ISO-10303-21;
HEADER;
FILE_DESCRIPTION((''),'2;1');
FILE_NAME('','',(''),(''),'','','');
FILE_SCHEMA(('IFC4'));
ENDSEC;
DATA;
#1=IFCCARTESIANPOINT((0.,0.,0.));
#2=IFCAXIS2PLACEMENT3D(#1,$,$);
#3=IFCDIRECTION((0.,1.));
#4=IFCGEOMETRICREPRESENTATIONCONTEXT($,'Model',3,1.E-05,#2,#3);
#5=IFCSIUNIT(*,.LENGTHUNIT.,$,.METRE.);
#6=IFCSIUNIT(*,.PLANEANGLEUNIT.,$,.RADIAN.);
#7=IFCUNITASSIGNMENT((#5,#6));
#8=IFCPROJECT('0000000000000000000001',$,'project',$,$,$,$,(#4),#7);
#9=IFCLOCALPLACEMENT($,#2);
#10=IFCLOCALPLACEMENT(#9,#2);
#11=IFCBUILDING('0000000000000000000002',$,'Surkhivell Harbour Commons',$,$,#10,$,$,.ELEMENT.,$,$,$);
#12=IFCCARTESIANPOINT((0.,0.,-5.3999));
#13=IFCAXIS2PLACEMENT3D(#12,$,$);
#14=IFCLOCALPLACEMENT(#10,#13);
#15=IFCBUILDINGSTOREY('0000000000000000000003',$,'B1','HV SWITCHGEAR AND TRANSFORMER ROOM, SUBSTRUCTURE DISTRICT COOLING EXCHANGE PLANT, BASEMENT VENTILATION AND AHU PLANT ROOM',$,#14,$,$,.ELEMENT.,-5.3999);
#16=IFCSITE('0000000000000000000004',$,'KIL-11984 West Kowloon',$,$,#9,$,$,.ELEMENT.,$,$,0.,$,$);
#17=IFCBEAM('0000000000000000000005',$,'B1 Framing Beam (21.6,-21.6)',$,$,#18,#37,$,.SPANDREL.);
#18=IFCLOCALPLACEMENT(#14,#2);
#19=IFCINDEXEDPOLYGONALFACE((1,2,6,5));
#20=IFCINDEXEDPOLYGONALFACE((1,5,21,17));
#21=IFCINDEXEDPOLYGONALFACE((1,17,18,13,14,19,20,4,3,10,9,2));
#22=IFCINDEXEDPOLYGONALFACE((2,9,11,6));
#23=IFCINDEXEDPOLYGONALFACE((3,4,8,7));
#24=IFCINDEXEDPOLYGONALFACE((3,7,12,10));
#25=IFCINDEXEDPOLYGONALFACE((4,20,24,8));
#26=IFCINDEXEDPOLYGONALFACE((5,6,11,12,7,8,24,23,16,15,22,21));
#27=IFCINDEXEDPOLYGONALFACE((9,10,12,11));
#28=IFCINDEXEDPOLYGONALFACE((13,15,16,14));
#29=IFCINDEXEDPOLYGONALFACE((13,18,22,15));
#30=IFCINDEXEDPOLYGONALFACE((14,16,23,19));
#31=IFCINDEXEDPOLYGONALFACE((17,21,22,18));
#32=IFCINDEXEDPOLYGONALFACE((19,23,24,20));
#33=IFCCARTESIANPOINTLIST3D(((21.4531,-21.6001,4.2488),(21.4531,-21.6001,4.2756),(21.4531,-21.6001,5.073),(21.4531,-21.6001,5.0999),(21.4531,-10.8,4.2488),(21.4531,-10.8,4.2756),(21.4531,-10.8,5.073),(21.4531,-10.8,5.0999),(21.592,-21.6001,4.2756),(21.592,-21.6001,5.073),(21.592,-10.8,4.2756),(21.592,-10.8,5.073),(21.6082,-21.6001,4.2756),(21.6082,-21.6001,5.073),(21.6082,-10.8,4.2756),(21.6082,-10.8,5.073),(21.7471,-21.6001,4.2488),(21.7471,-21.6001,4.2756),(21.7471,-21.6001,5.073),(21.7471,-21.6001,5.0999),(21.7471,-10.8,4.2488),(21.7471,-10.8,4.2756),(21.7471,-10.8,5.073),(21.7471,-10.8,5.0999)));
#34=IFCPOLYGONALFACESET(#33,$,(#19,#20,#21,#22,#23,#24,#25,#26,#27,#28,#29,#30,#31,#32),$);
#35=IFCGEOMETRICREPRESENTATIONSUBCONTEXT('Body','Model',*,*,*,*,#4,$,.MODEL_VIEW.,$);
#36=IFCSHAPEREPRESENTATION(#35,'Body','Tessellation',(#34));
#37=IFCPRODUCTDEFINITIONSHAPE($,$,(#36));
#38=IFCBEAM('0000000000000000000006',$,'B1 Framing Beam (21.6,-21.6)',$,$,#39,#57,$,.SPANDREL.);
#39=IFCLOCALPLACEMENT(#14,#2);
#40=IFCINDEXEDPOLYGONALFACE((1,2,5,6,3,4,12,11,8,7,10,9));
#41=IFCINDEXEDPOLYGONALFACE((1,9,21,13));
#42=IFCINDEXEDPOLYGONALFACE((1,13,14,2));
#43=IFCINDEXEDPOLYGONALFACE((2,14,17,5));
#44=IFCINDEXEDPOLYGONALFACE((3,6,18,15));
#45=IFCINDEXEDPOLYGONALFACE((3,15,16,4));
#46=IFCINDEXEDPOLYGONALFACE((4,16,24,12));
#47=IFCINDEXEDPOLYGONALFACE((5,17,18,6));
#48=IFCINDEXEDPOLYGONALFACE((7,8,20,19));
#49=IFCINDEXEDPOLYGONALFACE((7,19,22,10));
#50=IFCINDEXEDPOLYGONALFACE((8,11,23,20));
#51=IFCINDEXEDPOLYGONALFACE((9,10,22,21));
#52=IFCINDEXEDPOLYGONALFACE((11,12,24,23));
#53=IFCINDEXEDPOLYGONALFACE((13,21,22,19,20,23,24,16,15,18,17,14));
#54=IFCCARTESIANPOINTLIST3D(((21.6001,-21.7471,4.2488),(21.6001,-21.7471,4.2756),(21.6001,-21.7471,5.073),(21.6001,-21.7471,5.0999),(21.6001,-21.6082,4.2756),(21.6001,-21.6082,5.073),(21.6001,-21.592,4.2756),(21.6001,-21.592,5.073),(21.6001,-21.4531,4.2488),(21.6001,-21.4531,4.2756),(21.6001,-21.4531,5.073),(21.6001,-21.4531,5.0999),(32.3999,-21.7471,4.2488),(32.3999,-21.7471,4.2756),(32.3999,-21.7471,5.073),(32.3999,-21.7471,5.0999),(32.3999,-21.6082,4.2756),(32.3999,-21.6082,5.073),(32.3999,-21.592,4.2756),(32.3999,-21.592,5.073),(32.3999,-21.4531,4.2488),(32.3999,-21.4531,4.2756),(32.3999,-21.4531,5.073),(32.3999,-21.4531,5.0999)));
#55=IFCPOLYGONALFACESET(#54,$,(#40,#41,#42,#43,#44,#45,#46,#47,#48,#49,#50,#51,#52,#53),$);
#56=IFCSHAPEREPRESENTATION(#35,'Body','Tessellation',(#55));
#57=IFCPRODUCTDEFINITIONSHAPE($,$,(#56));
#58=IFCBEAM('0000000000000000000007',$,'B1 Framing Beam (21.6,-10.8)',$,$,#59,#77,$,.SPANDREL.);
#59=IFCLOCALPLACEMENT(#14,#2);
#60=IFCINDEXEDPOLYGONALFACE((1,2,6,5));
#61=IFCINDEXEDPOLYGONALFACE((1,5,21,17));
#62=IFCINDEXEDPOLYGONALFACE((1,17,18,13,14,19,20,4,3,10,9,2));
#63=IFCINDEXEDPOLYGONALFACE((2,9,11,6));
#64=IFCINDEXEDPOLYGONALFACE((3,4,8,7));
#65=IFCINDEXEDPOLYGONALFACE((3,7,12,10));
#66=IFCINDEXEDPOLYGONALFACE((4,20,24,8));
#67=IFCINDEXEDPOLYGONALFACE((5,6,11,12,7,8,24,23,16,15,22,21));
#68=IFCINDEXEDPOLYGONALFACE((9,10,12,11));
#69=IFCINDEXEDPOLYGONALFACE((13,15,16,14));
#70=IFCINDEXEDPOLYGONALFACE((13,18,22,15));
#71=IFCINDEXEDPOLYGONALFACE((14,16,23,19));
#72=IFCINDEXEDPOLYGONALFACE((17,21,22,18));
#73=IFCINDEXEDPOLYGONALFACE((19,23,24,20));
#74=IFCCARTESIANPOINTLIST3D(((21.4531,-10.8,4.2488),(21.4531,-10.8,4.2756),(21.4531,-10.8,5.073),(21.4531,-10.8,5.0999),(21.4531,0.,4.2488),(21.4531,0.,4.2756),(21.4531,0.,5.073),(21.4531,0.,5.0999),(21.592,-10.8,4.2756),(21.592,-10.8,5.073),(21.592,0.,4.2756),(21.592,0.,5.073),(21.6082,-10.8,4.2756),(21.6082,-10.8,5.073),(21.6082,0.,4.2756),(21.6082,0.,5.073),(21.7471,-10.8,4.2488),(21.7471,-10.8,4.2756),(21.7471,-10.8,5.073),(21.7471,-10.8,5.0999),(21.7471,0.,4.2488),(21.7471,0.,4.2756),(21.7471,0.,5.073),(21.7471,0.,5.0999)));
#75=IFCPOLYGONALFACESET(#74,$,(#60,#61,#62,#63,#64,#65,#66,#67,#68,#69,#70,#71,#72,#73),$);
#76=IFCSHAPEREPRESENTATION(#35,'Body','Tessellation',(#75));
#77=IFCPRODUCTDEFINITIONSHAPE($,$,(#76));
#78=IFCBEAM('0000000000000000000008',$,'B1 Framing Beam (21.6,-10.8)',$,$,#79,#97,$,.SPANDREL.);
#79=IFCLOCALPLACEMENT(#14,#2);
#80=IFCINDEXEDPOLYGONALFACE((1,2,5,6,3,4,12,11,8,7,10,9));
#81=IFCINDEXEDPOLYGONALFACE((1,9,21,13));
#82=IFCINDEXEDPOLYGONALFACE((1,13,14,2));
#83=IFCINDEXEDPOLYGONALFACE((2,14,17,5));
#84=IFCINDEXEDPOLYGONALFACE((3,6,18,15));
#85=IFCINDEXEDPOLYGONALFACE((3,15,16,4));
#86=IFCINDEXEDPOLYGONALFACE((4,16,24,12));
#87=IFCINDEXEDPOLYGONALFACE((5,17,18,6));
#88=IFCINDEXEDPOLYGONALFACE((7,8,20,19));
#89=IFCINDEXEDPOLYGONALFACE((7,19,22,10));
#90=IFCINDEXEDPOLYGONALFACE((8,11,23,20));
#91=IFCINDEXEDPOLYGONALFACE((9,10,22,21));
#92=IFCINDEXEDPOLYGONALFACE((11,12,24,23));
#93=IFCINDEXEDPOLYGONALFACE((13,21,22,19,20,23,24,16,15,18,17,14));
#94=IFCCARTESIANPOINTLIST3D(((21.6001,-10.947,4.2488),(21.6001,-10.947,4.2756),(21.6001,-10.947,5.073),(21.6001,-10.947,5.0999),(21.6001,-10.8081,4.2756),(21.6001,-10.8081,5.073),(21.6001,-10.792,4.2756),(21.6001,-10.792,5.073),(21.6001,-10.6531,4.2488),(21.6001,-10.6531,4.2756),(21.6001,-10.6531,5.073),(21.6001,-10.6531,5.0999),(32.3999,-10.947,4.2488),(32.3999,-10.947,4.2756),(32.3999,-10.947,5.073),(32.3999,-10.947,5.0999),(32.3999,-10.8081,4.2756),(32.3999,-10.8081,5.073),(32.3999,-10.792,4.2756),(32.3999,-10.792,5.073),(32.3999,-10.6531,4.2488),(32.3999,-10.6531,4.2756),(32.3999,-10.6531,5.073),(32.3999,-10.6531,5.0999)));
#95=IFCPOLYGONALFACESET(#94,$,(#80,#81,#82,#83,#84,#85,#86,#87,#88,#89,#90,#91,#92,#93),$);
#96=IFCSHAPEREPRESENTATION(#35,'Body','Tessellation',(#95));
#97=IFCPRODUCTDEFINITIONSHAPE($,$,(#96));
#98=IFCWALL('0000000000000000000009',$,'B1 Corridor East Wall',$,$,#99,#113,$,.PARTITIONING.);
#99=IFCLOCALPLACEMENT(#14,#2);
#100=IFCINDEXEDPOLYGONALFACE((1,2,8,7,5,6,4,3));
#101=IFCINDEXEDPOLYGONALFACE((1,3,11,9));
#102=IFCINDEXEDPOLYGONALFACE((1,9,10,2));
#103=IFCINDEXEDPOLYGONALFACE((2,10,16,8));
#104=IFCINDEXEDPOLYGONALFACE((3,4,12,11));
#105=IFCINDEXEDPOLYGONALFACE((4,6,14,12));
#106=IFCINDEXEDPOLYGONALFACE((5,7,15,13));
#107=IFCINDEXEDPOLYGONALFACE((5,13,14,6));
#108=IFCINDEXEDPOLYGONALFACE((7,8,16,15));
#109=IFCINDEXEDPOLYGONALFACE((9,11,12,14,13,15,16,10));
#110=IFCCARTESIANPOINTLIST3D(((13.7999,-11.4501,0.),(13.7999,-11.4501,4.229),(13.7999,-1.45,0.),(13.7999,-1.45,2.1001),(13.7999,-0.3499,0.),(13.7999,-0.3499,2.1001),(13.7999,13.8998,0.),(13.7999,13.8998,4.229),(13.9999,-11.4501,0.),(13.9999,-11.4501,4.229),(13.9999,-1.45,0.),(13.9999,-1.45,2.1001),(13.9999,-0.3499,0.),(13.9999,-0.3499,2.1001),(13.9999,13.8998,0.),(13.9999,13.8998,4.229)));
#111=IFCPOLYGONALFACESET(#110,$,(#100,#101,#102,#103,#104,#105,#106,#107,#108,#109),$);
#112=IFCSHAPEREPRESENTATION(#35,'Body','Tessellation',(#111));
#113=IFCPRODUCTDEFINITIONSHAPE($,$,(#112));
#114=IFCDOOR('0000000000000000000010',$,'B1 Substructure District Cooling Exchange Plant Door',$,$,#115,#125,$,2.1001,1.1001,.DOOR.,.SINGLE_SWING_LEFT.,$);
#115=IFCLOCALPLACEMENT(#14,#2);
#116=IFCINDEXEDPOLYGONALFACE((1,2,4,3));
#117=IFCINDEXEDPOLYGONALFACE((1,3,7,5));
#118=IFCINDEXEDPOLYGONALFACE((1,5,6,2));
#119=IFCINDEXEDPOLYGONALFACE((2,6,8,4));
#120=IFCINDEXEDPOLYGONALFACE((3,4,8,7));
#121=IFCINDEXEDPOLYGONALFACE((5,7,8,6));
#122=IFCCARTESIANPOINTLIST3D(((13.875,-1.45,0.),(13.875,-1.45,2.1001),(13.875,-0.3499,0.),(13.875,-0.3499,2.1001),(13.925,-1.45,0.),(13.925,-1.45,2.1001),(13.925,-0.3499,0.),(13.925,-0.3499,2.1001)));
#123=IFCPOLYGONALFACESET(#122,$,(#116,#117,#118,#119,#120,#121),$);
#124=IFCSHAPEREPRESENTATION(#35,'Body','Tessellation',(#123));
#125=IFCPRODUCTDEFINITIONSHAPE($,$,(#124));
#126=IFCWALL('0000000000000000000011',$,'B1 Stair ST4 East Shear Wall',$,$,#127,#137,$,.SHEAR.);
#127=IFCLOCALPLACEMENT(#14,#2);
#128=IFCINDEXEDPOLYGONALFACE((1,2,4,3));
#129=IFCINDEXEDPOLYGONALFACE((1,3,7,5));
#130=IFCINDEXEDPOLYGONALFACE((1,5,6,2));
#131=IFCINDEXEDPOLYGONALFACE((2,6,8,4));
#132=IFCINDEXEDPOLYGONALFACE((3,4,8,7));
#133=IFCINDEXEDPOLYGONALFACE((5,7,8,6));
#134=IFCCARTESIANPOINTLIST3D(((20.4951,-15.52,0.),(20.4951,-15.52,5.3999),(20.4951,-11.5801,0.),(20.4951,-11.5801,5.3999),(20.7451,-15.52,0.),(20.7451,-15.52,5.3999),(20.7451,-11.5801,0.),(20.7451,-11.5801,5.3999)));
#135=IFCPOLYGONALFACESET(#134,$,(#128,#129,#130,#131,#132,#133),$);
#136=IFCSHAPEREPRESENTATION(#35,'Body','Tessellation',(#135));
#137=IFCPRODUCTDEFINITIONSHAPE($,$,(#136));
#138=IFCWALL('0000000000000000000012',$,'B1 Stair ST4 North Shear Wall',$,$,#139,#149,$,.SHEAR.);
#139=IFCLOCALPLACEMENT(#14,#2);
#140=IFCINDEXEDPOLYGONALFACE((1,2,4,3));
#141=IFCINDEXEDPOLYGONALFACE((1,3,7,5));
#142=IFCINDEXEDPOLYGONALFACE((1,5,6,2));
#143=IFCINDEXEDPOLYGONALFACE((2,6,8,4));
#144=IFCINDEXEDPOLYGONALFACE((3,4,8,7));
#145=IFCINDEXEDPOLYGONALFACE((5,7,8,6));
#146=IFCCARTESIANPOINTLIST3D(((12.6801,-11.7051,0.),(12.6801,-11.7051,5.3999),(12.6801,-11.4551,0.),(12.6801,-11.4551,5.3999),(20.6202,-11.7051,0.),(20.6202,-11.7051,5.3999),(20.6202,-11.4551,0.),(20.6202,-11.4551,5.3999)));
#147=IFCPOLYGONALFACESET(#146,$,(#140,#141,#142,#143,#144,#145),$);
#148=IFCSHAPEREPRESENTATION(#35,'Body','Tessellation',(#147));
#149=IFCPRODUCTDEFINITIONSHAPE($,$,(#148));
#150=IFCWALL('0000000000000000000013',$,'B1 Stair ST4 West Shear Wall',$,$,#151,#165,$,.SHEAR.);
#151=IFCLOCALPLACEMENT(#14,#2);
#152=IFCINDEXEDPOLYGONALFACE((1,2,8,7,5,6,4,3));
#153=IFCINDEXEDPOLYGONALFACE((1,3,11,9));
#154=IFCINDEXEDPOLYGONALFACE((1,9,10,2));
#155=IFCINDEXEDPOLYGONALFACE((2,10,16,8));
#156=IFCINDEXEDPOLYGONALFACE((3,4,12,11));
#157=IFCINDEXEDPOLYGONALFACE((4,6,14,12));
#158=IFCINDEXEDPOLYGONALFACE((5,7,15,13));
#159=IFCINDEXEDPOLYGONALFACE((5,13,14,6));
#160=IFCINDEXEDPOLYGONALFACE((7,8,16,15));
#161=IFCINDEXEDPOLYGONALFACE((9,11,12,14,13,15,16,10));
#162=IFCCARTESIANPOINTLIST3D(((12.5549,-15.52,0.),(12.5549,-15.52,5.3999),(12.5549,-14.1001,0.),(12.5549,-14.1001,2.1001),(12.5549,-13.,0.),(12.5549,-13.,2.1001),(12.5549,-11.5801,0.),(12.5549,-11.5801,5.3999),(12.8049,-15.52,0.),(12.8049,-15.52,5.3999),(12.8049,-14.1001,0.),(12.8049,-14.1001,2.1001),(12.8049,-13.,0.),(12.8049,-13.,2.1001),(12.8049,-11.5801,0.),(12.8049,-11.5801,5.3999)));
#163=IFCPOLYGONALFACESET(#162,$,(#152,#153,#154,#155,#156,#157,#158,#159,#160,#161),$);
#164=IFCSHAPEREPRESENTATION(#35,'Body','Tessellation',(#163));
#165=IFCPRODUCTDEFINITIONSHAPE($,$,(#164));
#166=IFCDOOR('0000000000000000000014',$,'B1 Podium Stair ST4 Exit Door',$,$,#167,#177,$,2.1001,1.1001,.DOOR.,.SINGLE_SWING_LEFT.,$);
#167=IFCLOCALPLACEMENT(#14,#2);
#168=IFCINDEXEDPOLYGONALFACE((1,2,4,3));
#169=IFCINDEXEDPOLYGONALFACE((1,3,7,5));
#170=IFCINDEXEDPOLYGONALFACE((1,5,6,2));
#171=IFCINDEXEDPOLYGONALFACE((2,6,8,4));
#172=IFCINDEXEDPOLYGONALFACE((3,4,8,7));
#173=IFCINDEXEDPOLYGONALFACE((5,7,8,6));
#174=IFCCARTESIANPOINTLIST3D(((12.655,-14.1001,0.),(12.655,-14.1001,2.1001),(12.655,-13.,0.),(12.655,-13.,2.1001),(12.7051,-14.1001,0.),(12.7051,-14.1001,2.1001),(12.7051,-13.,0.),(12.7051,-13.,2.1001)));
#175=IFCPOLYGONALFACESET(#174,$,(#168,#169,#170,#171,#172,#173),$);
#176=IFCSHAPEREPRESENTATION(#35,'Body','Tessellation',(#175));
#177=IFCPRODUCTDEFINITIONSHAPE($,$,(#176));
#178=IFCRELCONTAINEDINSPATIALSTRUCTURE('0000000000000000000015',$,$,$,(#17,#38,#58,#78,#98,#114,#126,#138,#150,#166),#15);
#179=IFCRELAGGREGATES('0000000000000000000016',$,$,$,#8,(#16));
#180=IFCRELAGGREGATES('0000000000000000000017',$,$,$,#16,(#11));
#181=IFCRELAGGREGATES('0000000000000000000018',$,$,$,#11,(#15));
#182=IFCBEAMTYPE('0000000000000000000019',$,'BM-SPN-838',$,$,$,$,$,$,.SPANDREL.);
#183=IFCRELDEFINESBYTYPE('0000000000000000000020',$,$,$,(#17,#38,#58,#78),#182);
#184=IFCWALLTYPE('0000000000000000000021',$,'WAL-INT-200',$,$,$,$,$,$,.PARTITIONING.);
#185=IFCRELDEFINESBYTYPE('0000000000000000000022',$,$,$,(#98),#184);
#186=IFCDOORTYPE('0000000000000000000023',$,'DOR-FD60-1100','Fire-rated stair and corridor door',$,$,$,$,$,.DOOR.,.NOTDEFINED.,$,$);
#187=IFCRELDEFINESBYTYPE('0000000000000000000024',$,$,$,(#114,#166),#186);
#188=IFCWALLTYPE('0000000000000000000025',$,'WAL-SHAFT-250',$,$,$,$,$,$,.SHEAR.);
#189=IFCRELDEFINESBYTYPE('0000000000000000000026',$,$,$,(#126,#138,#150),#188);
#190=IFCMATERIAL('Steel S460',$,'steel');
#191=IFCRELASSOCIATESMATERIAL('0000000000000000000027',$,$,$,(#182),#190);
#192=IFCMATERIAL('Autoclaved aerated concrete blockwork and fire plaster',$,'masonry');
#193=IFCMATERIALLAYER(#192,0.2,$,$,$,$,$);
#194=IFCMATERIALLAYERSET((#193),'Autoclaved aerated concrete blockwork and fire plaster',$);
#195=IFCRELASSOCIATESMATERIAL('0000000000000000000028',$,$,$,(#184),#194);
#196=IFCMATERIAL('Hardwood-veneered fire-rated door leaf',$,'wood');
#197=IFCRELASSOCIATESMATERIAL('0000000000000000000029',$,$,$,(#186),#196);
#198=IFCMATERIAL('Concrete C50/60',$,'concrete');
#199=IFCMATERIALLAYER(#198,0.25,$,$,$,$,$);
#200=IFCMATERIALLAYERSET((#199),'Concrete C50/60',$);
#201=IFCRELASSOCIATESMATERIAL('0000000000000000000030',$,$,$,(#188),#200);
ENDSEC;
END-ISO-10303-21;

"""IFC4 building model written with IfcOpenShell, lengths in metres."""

from ifc_helpers import new_model, si_unit, direction, frame, frame_2d, origin, origin_2d, place, context, subcontext, project, spatial, rectangle, i_section, extrude, material, layer, layer_set, material_profile, profile_set, type_object, element, fill, save


model = new_model("IFC4")

# Units and contexts
model_context = context("Model", 3, precision=1e-05, world=origin(), true_north=direction((0.0, 1.0)))
body_context = subcontext(model_context, "Body", "Model", "MODEL_VIEW")
ifc_project = project(units=[si_unit("LENGTHUNIT", "METRE"), si_unit("PLANEANGLEUNIT", "RADIAN")], contexts=[model_context])

# Site, building, storey
site_placement = place(None, origin())
site = spatial("IfcSite", under=ifc_project, at=site_placement, Name="KIL-11984 West Kowloon", CompositionType="ELEMENT", RefElevation=0.0)
building_placement = place(site_placement, origin())
building = spatial("IfcBuilding", under=site, at=building_placement, Name="Surkhivell Harbour Commons", CompositionType="ELEMENT")
storey_placement = place(building_placement, frame((0.0, 0.0, -5.3999)))
storey = spatial("IfcBuildingStorey", under=building, at=storey_placement, Name="B1", Description="HV SWITCHGEAR AND TRANSFORMER ROOM, SUBSTRUCTURE DISTRICT COOLING EXCHANGE PLANT, BASEMENT VENTILATION AND AHU PLANT ROOM", CompositionType="ELEMENT", Elevation=-5.3999)

# Shared definitions
ifc_material_1 = material(Name="Concrete C50/60", Category="concrete")

# Beams
ifc_material_2 = material(Name="Steel S460", Category="steel")
ifc_material_profile_1 = material_profile(ifc_material_2, i_section(OverallWidth=0.2939, OverallDepth=0.8511, WebThickness=0.0161, FlangeThickness=0.0269, at=origin_2d()), Name="UB838x292x226")
ifc_profile_set_1 = profile_set([ifc_material_profile_1], Name="Steel S460")
beam_type = type_object("IfcBeamType", Name="BM-SPN-838", PredefinedType="SPANDREL", material=ifc_profile_set_1)
beam_1_placement = place(storey_placement, frame((21.6001, -21.6001, 4.6743), z_axis=(0.0, 1.0, 0.0), x_axis=(-1.0, 0.0, 0.0)))
element("IfcBeam", 1, at=beam_1_placement, inside=storey, type_object=beam_type, Name="B1 Framing Beam (21.6,-21.6)", PredefinedType="SPANDREL", context=body_context, shape_type="SweptSolid", body=[
    extrude(i_section(OverallWidth=0.2939, OverallDepth=0.8511, WebThickness=0.0161, FlangeThickness=0.0269, at=origin_2d()), origin(), (0.0, 0.0, 1.0), 10.8),
])
beam_2_placement = place(storey_placement, frame((21.6001, -21.6001, 4.6743), z_axis=(1.0, 0.0, 0.0), x_axis=(0.0, 1.0, 0.0)))
element("IfcBeam", 2, at=beam_2_placement, inside=storey, type_object=beam_type, Name="B1 Framing Beam (21.6,-21.6)", PredefinedType="SPANDREL", context=body_context, shape_type="SweptSolid", body=[
    extrude(i_section(OverallWidth=0.2939, OverallDepth=0.8511, WebThickness=0.0161, FlangeThickness=0.0269, at=origin_2d()), origin(), (0.0, 0.0, 1.0), 10.7998),
])
beam_3_placement = place(storey_placement, frame((21.6001, -10.8, 4.6743), z_axis=(0.0, 1.0, 0.0), x_axis=(-1.0, 0.0, 0.0)))
element("IfcBeam", 3, at=beam_3_placement, inside=storey, type_object=beam_type, Name="B1 Framing Beam (21.6,-10.8)", PredefinedType="SPANDREL", context=body_context, shape_type="SweptSolid", body=[
    extrude(i_section(OverallWidth=0.2939, OverallDepth=0.8511, WebThickness=0.0161, FlangeThickness=0.0269, at=origin_2d()), origin(), (0.0, 0.0, 1.0), 10.8),
])
beam_4_placement = place(storey_placement, frame((21.6001, -10.8, 4.6743), z_axis=(1.0, 0.0, 0.0), x_axis=(0.0, 1.0, 0.0)))
element("IfcBeam", 4, at=beam_4_placement, inside=storey, type_object=beam_type, Name="B1 Framing Beam (21.6,-10.8)", PredefinedType="SPANDREL", context=body_context, shape_type="SweptSolid", body=[
    extrude(i_section(OverallWidth=0.2939, OverallDepth=0.8511, WebThickness=0.0161, FlangeThickness=0.0269, at=origin_2d()), origin(), (0.0, 0.0, 1.0), 10.7998),
])

# Wall, opening, door
ifc_material_3 = material(Name="Autoclaved aerated concrete blockwork and fire plaster", Category="masonry")
ifc_layer_1 = layer(ifc_material_3, 0.2)
ifc_layer_set_1 = layer_set([ifc_layer_1], Name="Autoclaved aerated concrete blockwork and fire plaster")
wall_type_1 = type_object("IfcWallType", Name="WAL-INT-200", PredefinedType="PARTITIONING", material=ifc_layer_set_1)
wall_1_placement = place(storey_placement, frame((13.8999, -11.45, 0.0), z_axis=(0.0, 0.0, 1.0), x_axis=(0.0, 1.0, 0.0)))
wall_1 = element("IfcWall", 5, at=wall_1_placement, inside=storey, type_object=wall_type_1, Name="B1 Corridor East Wall", PredefinedType="PARTITIONING", context=body_context, shape_type="SweptSolid", body=[
    extrude(rectangle(XDim=25.3499, YDim=0.2, at=frame_2d((12.6748, 0.0))), origin(), (0.0, 0.0, 1.0), 4.229),
])
opening_1_placement = place(wall_1_placement, frame((10.0, 0.0, 0.0)))
opening_1 = element("IfcOpeningElement", 6, at=opening_1_placement, cuts=wall_1, PredefinedType="OPENING", context=body_context, shape_type="SweptSolid", body=[
    extrude(rectangle(XDim=1.1001, YDim=2.1001, at=frame_2d((0.55, 1.05))), frame((0.0, 0.1099, 0.0), z_axis=(0.0, -1.0, 0.0), x_axis=(1.0, 0.0, 0.0)), (0.0, 0.0, 1.0), 0.22),
])
ifc_material_4 = material(Name="Hardwood-veneered fire-rated door leaf", Category="wood")
door_type = type_object("IfcDoorType", Name="DOR-FD60-1100", Description="Fire-rated stair and corridor door", OperationType="NOTDEFINED", PredefinedType="DOOR", material=ifc_material_4)
door_1_placement = place(opening_1_placement, origin())
door_1 = element("IfcDoor", 7, at=door_1_placement, inside=storey, type_object=door_type, Name="B1 Substructure District Cooling Exchange Plant Door", OperationType="SINGLE_SWING_LEFT", OverallHeight=2.1001, OverallWidth=1.1001, PredefinedType="DOOR", context=body_context, shape_type="SweptSolid", body=[
    extrude(rectangle(XDim=1.1001, YDim=2.1001, at=frame_2d((0.55, 1.05))), frame((0.0, 0.0249, 0.0), z_axis=(0.0, -1.0, 0.0), x_axis=(1.0, 0.0, 0.0)), (0.0, 0.0, 1.0), 0.05),
])
fill(opening_1, door_1)

# Walls
ifc_layer_2 = layer(ifc_material_1, 0.25)
ifc_layer_set_2 = layer_set([ifc_layer_2], Name="Concrete C50/60")
wall_type_2 = type_object("IfcWallType", Name="WAL-SHAFT-250", PredefinedType="SHEAR", material=ifc_layer_set_2)
wall_2_placement = place(storey_placement, frame((20.6201, -15.52, 0.0), z_axis=(0.0, 0.0, 1.0), x_axis=(0.0, 1.0, 0.0)))
element("IfcWall", 8, at=wall_2_placement, inside=storey, type_object=wall_type_2, Name="B1 Stair ST4 East Shear Wall", PredefinedType="SHEAR", context=body_context, shape_type="SweptSolid", body=[
    extrude(rectangle(XDim=3.9399, YDim=0.25, at=frame_2d((1.97, 0.0))), origin(), (0.0, 0.0, 1.0), 5.3999),
])
wall_3_placement = place(storey_placement, frame((12.6799, -11.5801, 0.0), z_axis=(0.0, 0.0, 1.0), x_axis=(1.0, 0.0, 0.0)))
element("IfcWall", 9, at=wall_3_placement, inside=storey, type_object=wall_type_2, Name="B1 Stair ST4 North Shear Wall", PredefinedType="SHEAR", context=body_context, shape_type="SweptSolid", body=[
    extrude(rectangle(XDim=7.9402, YDim=0.25, at=frame_2d((3.9702, 0.0))), origin(), (0.0, 0.0, 1.0), 5.3999),
])

# Wall, opening, door
wall_4_placement = place(storey_placement, frame((12.6799, -15.52, 0.0), z_axis=(0.0, 0.0, 1.0), x_axis=(0.0, 1.0, 0.0)))
wall_4 = element("IfcWall", 10, at=wall_4_placement, inside=storey, type_object=wall_type_2, Name="B1 Stair ST4 West Shear Wall", PredefinedType="SHEAR", context=body_context, shape_type="SweptSolid", body=[
    extrude(rectangle(XDim=3.9399, YDim=0.25, at=frame_2d((1.97, 0.0))), origin(), (0.0, 0.0, 1.0), 5.3999),
])
opening_2_placement = place(wall_4_placement, frame((1.4199, 0.0, 0.0)))
opening_2 = element("IfcOpeningElement", 11, at=opening_2_placement, cuts=wall_4, PredefinedType="OPENING", context=body_context, shape_type="SweptSolid", body=[
    extrude(rectangle(XDim=1.1001, YDim=2.1001, at=frame_2d((0.55, 1.05))), frame((0.0, 0.135, 0.0), z_axis=(0.0, -1.0, 0.0), x_axis=(1.0, 0.0, 0.0)), (0.0, 0.0, 1.0), 0.27),
])
door_2_placement = place(opening_2_placement, origin())
door_2 = element("IfcDoor", 12, at=door_2_placement, inside=storey, type_object=door_type, Name="B1 Podium Stair ST4 Exit Door", OperationType="SINGLE_SWING_LEFT", OverallHeight=2.1001, OverallWidth=1.1001, PredefinedType="DOOR", context=body_context, shape_type="SweptSolid", body=[
    extrude(rectangle(XDim=1.1001, YDim=2.1001, at=frame_2d((0.55, 1.05))), frame((0.0, 0.0249, 0.0), z_axis=(0.0, -1.0, 0.0), x_axis=(1.0, 0.0, 0.0)), (0.0, 0.0, 1.0), 0.05),
])
fill(opening_2, door_2)

save(model, "model.ifc")
